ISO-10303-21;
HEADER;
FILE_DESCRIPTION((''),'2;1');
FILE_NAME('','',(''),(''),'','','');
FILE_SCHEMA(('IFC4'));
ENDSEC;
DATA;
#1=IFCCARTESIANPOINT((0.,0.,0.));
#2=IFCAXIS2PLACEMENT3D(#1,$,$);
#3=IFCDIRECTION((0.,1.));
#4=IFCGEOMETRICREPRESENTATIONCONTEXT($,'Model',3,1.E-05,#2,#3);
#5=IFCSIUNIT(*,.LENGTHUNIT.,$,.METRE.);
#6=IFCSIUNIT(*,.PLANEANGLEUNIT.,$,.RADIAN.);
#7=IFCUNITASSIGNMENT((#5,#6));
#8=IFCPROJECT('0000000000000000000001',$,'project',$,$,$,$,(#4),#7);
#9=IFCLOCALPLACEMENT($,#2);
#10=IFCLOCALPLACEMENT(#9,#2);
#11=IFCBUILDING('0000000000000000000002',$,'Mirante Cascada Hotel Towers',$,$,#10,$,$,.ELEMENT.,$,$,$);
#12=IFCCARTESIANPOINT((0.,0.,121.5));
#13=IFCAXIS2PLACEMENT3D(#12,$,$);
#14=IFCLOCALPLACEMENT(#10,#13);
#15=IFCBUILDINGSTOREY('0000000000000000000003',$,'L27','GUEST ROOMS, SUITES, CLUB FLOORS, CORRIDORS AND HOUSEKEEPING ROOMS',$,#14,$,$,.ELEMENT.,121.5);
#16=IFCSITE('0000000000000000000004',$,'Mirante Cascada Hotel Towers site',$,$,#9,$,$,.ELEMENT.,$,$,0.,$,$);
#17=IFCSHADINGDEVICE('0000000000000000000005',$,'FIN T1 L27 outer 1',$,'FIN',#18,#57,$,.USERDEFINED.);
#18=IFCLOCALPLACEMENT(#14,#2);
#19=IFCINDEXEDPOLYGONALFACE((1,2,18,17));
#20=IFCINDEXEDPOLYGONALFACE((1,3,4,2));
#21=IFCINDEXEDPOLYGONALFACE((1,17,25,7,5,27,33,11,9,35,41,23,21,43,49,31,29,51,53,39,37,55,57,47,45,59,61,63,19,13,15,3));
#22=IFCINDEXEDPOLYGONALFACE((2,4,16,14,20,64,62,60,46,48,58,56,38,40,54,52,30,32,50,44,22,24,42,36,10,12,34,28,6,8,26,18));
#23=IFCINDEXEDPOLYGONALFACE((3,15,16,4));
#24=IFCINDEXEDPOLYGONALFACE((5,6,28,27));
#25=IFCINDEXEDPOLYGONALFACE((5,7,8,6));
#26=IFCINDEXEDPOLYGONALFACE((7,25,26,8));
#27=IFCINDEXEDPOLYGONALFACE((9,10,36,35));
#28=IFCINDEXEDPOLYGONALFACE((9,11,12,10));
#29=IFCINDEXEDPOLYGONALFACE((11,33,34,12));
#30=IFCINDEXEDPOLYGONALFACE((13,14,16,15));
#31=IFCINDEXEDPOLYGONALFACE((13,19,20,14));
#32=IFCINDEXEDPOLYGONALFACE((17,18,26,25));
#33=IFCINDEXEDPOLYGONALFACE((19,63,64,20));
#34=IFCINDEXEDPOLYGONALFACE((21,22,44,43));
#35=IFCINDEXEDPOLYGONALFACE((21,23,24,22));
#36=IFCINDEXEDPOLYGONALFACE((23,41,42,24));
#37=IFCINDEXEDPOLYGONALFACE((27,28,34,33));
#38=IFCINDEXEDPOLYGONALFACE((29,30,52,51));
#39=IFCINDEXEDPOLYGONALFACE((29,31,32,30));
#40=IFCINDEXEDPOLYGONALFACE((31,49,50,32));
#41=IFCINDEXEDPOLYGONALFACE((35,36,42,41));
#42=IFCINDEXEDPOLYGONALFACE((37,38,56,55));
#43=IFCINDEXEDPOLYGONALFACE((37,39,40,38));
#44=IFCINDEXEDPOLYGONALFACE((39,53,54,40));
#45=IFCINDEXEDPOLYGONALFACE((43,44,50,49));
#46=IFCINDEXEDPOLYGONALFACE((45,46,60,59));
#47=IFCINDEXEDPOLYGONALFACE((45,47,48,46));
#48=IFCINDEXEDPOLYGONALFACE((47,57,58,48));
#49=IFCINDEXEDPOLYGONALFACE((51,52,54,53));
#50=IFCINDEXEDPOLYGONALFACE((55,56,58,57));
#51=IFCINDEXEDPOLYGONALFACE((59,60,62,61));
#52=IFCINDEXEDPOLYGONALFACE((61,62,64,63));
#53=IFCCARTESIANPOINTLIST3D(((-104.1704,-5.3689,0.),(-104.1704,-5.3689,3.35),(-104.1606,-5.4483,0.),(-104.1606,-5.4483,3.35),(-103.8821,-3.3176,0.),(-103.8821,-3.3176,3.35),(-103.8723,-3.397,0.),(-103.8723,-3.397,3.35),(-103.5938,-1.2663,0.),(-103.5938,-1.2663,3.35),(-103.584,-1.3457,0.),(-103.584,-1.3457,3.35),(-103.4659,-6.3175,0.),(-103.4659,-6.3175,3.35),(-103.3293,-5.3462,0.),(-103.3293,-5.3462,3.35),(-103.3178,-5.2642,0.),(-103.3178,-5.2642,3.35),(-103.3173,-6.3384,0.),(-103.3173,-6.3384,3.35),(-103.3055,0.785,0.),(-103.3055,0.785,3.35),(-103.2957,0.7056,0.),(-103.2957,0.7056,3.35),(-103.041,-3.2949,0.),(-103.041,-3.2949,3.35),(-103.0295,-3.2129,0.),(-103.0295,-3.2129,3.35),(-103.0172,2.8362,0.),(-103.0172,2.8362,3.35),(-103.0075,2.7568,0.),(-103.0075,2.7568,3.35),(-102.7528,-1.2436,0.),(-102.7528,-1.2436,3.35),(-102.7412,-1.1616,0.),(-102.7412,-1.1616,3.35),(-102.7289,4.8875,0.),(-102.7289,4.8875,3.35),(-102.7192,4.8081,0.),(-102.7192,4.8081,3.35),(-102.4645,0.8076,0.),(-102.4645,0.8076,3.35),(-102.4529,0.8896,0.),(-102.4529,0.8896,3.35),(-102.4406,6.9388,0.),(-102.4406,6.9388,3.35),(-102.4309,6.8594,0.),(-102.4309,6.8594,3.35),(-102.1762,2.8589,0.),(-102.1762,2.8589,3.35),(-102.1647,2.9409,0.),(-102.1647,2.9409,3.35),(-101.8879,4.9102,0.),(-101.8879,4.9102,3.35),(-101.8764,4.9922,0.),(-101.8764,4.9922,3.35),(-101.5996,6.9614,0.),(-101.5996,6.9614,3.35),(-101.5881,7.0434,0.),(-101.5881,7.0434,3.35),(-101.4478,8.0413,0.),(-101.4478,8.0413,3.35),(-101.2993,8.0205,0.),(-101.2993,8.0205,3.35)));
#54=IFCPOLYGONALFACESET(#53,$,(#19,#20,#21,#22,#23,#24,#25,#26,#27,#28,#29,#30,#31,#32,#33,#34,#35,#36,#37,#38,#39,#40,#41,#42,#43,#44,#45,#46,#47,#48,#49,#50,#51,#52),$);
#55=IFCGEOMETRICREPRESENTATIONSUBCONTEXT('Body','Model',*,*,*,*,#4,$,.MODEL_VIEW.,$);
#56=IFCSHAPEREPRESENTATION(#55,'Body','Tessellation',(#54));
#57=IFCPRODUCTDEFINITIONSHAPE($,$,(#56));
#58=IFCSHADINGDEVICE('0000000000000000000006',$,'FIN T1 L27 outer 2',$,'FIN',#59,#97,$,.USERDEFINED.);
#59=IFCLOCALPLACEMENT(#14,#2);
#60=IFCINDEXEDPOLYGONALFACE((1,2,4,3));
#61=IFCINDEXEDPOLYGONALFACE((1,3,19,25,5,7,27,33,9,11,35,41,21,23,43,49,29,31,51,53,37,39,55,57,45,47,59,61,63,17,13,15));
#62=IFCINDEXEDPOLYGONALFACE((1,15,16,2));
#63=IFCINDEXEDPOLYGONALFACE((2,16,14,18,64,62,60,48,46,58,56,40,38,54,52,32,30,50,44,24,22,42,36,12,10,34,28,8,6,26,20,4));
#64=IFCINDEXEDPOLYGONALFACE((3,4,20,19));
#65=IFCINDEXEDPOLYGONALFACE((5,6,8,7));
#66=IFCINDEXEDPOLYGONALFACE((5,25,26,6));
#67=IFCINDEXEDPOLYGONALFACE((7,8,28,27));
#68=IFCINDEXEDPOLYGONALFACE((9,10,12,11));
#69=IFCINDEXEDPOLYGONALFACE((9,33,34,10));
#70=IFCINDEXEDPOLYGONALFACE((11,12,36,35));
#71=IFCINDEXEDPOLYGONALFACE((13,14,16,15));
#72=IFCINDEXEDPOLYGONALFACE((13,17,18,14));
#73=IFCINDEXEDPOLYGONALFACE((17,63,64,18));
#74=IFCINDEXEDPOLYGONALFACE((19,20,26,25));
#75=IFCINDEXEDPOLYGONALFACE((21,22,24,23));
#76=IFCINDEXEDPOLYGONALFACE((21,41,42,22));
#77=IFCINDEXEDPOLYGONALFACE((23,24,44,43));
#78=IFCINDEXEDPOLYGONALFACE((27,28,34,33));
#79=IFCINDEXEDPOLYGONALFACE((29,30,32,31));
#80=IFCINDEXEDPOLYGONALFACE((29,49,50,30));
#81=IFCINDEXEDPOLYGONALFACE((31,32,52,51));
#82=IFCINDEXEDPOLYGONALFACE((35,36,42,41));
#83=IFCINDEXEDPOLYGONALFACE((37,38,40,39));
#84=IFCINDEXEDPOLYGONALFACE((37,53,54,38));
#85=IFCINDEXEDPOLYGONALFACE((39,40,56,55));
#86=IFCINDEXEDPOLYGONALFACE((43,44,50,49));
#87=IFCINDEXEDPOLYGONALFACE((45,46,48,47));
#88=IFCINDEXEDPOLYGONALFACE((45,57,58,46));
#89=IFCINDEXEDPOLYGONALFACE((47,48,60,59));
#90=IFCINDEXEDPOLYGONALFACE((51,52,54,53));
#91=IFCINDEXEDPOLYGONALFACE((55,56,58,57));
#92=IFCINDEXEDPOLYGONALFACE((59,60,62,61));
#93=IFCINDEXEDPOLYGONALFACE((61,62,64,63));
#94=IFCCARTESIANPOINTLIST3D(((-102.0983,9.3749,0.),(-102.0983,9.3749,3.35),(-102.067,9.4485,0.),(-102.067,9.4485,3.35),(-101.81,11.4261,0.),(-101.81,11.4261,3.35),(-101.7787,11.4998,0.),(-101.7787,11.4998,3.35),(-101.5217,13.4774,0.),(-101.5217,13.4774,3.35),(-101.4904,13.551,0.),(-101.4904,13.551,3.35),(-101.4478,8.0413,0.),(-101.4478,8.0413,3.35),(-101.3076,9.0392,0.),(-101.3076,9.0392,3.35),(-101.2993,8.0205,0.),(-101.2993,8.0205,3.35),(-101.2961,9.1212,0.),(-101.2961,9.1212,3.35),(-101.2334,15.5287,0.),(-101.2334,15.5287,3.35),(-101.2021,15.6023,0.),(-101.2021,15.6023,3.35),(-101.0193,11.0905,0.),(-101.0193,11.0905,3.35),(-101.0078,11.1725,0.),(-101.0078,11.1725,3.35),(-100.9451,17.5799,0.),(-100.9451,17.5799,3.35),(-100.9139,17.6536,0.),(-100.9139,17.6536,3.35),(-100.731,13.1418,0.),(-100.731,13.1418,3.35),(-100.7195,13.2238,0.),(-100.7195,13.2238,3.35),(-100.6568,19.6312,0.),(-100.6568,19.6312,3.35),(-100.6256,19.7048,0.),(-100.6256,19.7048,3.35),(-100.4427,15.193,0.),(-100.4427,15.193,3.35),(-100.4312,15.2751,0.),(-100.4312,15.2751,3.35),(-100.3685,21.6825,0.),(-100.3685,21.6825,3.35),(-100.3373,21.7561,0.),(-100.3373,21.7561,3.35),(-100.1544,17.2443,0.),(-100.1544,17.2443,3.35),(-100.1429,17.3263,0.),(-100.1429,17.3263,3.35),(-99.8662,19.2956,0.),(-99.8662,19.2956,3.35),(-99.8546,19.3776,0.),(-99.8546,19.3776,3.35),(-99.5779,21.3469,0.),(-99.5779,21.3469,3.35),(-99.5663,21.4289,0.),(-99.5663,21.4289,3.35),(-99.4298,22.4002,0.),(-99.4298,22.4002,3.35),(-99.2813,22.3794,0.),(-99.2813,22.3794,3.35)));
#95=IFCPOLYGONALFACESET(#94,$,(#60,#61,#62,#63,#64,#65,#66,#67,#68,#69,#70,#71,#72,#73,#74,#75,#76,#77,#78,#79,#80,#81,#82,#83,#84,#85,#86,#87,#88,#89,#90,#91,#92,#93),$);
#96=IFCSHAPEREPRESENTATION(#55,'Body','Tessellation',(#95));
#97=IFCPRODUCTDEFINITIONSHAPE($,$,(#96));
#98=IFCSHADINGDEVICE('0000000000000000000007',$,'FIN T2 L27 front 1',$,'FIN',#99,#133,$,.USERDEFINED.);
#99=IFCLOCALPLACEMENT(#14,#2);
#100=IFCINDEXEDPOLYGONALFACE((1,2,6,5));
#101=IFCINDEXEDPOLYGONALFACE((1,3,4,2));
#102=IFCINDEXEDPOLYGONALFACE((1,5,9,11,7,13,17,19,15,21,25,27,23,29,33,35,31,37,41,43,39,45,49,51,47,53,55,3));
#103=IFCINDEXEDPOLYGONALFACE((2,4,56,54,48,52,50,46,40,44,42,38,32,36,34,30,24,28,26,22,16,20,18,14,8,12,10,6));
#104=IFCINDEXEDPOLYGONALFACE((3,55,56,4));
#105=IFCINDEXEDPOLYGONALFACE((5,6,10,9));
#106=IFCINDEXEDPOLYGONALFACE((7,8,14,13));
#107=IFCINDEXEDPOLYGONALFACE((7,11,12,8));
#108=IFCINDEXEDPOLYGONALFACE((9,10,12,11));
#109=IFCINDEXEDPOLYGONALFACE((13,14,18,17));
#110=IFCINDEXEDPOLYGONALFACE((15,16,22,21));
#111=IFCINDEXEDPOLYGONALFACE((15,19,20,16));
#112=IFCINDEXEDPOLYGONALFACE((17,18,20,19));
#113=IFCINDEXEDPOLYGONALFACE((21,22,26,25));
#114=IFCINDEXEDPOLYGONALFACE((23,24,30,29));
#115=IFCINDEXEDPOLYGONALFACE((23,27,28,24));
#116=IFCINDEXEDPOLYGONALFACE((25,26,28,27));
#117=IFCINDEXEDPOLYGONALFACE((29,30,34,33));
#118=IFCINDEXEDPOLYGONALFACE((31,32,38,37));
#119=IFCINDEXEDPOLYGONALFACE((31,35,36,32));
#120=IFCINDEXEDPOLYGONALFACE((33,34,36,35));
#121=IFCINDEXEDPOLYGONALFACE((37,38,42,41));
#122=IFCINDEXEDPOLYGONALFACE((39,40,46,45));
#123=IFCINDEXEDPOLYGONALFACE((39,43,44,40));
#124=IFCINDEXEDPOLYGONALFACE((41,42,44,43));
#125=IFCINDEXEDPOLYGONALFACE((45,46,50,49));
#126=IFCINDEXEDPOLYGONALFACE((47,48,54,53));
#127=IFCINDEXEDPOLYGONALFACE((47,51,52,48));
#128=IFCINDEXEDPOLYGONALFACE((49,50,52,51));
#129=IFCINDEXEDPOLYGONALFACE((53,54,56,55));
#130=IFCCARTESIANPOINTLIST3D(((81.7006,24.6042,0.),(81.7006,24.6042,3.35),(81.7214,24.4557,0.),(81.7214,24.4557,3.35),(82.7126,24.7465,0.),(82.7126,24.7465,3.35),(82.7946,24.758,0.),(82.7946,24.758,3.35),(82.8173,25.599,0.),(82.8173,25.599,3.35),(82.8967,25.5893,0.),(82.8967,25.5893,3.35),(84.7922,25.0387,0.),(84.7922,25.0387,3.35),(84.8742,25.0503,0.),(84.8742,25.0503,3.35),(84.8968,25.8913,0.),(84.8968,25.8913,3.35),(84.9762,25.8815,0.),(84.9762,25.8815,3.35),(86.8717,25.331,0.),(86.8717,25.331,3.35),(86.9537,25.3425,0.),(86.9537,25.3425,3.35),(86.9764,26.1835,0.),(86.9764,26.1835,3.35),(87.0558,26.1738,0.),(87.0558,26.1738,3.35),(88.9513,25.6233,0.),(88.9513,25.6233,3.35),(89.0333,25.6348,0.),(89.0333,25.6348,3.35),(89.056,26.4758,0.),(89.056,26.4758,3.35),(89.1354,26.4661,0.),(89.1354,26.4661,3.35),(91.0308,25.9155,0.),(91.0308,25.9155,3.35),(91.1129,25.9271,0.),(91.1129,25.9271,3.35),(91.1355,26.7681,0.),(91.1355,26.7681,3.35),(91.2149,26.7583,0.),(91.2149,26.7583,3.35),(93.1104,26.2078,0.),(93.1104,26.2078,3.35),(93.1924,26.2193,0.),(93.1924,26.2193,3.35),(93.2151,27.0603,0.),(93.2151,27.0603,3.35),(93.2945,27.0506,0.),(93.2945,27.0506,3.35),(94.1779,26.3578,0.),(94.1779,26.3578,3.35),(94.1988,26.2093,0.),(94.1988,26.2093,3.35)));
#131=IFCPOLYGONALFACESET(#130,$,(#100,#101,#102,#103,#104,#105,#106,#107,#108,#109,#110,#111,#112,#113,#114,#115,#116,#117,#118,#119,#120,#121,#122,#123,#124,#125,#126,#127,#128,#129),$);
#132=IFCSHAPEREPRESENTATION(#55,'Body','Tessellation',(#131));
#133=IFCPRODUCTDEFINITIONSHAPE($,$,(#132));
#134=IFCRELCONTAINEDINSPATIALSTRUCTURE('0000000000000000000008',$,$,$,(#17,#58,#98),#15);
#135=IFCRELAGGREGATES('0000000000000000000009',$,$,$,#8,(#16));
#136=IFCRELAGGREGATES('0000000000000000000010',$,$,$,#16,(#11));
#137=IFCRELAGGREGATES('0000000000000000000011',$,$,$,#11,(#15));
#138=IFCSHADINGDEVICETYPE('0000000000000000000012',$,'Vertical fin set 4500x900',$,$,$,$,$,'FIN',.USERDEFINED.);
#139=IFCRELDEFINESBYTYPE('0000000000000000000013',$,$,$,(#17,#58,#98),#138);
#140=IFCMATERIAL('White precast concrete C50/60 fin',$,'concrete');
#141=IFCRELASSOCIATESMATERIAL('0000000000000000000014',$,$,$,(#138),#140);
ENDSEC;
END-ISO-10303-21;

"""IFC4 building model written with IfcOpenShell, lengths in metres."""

from ifc_helpers import new_model, si_unit, direction, frame, origin, place, context, subcontext, project, spatial, polyline, outline, extrude, material, type_object, element, save


model = new_model("IFC4")

# Units and contexts
model_context = context("Model", 3, precision=1e-05, world=origin(), true_north=direction((0.0, 1.0)))
body_context = subcontext(model_context, "Body", "Model", "MODEL_VIEW")
ifc_project = project(units=[si_unit("LENGTHUNIT", "METRE"), si_unit("PLANEANGLEUNIT", "RADIAN")], contexts=[model_context])

# Site, building, storey
site_placement = place(None, origin())
site = spatial("IfcSite", under=ifc_project, at=site_placement, Name="Mirante Cascada Hotel Towers site", CompositionType="ELEMENT", RefElevation=0.0)
building_placement = place(site_placement, origin())
building = spatial("IfcBuilding", under=site, at=building_placement, Name="Mirante Cascada Hotel Towers", CompositionType="ELEMENT")
storey_placement = place(building_placement, frame((0.0, 0.0, 121.5)))
storey = spatial("IfcBuildingStorey", under=building, at=storey_placement, Name="L27", Description="GUEST ROOMS, SUITES, CLUB FLOORS, CORRIDORS AND HOUSEKEEPING ROOMS", CompositionType="ELEMENT", Elevation=121.5)

# Shading devices
ifc_material_1 = material(Name="White precast concrete C50/60 fin", Category="concrete")
shading_device_type = type_object("IfcShadingDeviceType", Name="Vertical fin set 4500x900", ElementType="FIN", PredefinedType="USERDEFINED", material=ifc_material_1)
shading_device_1_placement = place(storey_placement, origin())
element("IfcShadingDevice", 1, at=shading_device_1_placement, inside=storey, type_object=shading_device_type, Name="FIN T1 L27 outer 1", ObjectType="FIN", PredefinedType="USERDEFINED", context=body_context, shape_type="SweptSolid", body=[
    extrude(outline(polyline([(-103.3178, -5.2642), (-103.041, -3.2949), (-103.8723, -3.397), (-103.8821, -3.3176), (-103.0295, -3.2129), (-102.7528, -1.2436), (-103.584, -1.3457), (-103.5938, -1.2663), (-102.7412, -1.1616), (-102.4645, 0.8076), (-103.2957, 0.7056), (-103.3055, 0.785), (-102.4529, 0.8896), (-102.1762, 2.8589), (-103.0075, 2.7568), (-103.0172, 2.8362), (-102.1647, 2.9409), (-101.8879, 4.9102), (-102.7192, 4.8081), (-102.7289, 4.8875), (-101.8764, 4.9922), (-101.5996, 6.9614), (-102.4309, 6.8594), (-102.4406, 6.9388), (-101.5881, 7.0434), (-101.4478, 8.0413), (-101.2993, 8.0205), (-103.3173, -6.3384), (-103.4659, -6.3175), (-103.3293, -5.3462), (-104.1606, -5.4483), (-104.1704, -5.3689), (-103.3178, -5.2642)])), origin(), (0.0, 0.0, 1.0), 3.35),
])
shading_device_2_placement = place(storey_placement, origin())
element("IfcShadingDevice", 2, at=shading_device_2_placement, inside=storey, type_object=shading_device_type, Name="FIN T1 L27 outer 2", ObjectType="FIN", PredefinedType="USERDEFINED", context=body_context, shape_type="SweptSolid", body=[
    extrude(outline(polyline([(-101.2961, 9.1212), (-101.0193, 11.0905), (-101.81, 11.4261), (-101.7787, 11.4998), (-101.0078, 11.1725), (-100.731, 13.1418), (-101.5217, 13.4774), (-101.4904, 13.551), (-100.7195, 13.2238), (-100.4427, 15.193), (-101.2334, 15.5287), (-101.2021, 15.6023), (-100.4312, 15.2751), (-100.1544, 17.2443), (-100.9451, 17.5799), (-100.9139, 17.6536), (-100.1429, 17.3263), (-99.8662, 19.2956), (-100.6568, 19.6312), (-100.6256, 19.7048), (-99.8546, 19.3776), (-99.5779, 21.3469), (-100.3685, 21.6825), (-100.3373, 21.7561), (-99.5663, 21.4289), (-99.4298, 22.4002), (-99.2813, 22.3794), (-101.2993, 8.0205), (-101.4478, 8.0413), (-101.3076, 9.0392), (-102.0983, 9.3749), (-102.067, 9.4485), (-101.2961, 9.1212)])), origin(), (0.0, 0.0, 1.0), 3.35),
])
shading_device_3_placement = place(storey_placement, origin())
element("IfcShadingDevice", 3, at=shading_device_3_placement, inside=storey, type_object=shading_device_type, Name="FIN T2 L27 front 1", ObjectType="FIN", PredefinedType="USERDEFINED", context=body_context, shape_type="SweptSolid", body=[
    extrude(outline(polyline([(82.8967, 25.5893), (82.7946, 24.758), (84.7922, 25.0387), (84.8968, 25.8913), (84.9762, 25.8815), (84.8742, 25.0503), (86.8717, 25.331), (86.9764, 26.1835), (87.0558, 26.1738), (86.9537, 25.3425), (88.9513, 25.6233), (89.056, 26.4758), (89.1354, 26.4661), (89.0333, 25.6348), (91.0308, 25.9155), (91.1355, 26.7681), (91.2149, 26.7583), (91.1129, 25.9271), (93.1104, 26.2078), (93.2151, 27.0603), (93.2945, 27.0506), (93.1924, 26.2193), (94.1779, 26.3578), (94.1988, 26.2093), (81.7214, 24.4557), (81.7006, 24.6042), (82.7126, 24.7465), (82.8173, 25.599), (82.8967, 25.5893)])), origin(), (0.0, 0.0, 1.0), 3.35),
])

save(model, "model.ifc")
